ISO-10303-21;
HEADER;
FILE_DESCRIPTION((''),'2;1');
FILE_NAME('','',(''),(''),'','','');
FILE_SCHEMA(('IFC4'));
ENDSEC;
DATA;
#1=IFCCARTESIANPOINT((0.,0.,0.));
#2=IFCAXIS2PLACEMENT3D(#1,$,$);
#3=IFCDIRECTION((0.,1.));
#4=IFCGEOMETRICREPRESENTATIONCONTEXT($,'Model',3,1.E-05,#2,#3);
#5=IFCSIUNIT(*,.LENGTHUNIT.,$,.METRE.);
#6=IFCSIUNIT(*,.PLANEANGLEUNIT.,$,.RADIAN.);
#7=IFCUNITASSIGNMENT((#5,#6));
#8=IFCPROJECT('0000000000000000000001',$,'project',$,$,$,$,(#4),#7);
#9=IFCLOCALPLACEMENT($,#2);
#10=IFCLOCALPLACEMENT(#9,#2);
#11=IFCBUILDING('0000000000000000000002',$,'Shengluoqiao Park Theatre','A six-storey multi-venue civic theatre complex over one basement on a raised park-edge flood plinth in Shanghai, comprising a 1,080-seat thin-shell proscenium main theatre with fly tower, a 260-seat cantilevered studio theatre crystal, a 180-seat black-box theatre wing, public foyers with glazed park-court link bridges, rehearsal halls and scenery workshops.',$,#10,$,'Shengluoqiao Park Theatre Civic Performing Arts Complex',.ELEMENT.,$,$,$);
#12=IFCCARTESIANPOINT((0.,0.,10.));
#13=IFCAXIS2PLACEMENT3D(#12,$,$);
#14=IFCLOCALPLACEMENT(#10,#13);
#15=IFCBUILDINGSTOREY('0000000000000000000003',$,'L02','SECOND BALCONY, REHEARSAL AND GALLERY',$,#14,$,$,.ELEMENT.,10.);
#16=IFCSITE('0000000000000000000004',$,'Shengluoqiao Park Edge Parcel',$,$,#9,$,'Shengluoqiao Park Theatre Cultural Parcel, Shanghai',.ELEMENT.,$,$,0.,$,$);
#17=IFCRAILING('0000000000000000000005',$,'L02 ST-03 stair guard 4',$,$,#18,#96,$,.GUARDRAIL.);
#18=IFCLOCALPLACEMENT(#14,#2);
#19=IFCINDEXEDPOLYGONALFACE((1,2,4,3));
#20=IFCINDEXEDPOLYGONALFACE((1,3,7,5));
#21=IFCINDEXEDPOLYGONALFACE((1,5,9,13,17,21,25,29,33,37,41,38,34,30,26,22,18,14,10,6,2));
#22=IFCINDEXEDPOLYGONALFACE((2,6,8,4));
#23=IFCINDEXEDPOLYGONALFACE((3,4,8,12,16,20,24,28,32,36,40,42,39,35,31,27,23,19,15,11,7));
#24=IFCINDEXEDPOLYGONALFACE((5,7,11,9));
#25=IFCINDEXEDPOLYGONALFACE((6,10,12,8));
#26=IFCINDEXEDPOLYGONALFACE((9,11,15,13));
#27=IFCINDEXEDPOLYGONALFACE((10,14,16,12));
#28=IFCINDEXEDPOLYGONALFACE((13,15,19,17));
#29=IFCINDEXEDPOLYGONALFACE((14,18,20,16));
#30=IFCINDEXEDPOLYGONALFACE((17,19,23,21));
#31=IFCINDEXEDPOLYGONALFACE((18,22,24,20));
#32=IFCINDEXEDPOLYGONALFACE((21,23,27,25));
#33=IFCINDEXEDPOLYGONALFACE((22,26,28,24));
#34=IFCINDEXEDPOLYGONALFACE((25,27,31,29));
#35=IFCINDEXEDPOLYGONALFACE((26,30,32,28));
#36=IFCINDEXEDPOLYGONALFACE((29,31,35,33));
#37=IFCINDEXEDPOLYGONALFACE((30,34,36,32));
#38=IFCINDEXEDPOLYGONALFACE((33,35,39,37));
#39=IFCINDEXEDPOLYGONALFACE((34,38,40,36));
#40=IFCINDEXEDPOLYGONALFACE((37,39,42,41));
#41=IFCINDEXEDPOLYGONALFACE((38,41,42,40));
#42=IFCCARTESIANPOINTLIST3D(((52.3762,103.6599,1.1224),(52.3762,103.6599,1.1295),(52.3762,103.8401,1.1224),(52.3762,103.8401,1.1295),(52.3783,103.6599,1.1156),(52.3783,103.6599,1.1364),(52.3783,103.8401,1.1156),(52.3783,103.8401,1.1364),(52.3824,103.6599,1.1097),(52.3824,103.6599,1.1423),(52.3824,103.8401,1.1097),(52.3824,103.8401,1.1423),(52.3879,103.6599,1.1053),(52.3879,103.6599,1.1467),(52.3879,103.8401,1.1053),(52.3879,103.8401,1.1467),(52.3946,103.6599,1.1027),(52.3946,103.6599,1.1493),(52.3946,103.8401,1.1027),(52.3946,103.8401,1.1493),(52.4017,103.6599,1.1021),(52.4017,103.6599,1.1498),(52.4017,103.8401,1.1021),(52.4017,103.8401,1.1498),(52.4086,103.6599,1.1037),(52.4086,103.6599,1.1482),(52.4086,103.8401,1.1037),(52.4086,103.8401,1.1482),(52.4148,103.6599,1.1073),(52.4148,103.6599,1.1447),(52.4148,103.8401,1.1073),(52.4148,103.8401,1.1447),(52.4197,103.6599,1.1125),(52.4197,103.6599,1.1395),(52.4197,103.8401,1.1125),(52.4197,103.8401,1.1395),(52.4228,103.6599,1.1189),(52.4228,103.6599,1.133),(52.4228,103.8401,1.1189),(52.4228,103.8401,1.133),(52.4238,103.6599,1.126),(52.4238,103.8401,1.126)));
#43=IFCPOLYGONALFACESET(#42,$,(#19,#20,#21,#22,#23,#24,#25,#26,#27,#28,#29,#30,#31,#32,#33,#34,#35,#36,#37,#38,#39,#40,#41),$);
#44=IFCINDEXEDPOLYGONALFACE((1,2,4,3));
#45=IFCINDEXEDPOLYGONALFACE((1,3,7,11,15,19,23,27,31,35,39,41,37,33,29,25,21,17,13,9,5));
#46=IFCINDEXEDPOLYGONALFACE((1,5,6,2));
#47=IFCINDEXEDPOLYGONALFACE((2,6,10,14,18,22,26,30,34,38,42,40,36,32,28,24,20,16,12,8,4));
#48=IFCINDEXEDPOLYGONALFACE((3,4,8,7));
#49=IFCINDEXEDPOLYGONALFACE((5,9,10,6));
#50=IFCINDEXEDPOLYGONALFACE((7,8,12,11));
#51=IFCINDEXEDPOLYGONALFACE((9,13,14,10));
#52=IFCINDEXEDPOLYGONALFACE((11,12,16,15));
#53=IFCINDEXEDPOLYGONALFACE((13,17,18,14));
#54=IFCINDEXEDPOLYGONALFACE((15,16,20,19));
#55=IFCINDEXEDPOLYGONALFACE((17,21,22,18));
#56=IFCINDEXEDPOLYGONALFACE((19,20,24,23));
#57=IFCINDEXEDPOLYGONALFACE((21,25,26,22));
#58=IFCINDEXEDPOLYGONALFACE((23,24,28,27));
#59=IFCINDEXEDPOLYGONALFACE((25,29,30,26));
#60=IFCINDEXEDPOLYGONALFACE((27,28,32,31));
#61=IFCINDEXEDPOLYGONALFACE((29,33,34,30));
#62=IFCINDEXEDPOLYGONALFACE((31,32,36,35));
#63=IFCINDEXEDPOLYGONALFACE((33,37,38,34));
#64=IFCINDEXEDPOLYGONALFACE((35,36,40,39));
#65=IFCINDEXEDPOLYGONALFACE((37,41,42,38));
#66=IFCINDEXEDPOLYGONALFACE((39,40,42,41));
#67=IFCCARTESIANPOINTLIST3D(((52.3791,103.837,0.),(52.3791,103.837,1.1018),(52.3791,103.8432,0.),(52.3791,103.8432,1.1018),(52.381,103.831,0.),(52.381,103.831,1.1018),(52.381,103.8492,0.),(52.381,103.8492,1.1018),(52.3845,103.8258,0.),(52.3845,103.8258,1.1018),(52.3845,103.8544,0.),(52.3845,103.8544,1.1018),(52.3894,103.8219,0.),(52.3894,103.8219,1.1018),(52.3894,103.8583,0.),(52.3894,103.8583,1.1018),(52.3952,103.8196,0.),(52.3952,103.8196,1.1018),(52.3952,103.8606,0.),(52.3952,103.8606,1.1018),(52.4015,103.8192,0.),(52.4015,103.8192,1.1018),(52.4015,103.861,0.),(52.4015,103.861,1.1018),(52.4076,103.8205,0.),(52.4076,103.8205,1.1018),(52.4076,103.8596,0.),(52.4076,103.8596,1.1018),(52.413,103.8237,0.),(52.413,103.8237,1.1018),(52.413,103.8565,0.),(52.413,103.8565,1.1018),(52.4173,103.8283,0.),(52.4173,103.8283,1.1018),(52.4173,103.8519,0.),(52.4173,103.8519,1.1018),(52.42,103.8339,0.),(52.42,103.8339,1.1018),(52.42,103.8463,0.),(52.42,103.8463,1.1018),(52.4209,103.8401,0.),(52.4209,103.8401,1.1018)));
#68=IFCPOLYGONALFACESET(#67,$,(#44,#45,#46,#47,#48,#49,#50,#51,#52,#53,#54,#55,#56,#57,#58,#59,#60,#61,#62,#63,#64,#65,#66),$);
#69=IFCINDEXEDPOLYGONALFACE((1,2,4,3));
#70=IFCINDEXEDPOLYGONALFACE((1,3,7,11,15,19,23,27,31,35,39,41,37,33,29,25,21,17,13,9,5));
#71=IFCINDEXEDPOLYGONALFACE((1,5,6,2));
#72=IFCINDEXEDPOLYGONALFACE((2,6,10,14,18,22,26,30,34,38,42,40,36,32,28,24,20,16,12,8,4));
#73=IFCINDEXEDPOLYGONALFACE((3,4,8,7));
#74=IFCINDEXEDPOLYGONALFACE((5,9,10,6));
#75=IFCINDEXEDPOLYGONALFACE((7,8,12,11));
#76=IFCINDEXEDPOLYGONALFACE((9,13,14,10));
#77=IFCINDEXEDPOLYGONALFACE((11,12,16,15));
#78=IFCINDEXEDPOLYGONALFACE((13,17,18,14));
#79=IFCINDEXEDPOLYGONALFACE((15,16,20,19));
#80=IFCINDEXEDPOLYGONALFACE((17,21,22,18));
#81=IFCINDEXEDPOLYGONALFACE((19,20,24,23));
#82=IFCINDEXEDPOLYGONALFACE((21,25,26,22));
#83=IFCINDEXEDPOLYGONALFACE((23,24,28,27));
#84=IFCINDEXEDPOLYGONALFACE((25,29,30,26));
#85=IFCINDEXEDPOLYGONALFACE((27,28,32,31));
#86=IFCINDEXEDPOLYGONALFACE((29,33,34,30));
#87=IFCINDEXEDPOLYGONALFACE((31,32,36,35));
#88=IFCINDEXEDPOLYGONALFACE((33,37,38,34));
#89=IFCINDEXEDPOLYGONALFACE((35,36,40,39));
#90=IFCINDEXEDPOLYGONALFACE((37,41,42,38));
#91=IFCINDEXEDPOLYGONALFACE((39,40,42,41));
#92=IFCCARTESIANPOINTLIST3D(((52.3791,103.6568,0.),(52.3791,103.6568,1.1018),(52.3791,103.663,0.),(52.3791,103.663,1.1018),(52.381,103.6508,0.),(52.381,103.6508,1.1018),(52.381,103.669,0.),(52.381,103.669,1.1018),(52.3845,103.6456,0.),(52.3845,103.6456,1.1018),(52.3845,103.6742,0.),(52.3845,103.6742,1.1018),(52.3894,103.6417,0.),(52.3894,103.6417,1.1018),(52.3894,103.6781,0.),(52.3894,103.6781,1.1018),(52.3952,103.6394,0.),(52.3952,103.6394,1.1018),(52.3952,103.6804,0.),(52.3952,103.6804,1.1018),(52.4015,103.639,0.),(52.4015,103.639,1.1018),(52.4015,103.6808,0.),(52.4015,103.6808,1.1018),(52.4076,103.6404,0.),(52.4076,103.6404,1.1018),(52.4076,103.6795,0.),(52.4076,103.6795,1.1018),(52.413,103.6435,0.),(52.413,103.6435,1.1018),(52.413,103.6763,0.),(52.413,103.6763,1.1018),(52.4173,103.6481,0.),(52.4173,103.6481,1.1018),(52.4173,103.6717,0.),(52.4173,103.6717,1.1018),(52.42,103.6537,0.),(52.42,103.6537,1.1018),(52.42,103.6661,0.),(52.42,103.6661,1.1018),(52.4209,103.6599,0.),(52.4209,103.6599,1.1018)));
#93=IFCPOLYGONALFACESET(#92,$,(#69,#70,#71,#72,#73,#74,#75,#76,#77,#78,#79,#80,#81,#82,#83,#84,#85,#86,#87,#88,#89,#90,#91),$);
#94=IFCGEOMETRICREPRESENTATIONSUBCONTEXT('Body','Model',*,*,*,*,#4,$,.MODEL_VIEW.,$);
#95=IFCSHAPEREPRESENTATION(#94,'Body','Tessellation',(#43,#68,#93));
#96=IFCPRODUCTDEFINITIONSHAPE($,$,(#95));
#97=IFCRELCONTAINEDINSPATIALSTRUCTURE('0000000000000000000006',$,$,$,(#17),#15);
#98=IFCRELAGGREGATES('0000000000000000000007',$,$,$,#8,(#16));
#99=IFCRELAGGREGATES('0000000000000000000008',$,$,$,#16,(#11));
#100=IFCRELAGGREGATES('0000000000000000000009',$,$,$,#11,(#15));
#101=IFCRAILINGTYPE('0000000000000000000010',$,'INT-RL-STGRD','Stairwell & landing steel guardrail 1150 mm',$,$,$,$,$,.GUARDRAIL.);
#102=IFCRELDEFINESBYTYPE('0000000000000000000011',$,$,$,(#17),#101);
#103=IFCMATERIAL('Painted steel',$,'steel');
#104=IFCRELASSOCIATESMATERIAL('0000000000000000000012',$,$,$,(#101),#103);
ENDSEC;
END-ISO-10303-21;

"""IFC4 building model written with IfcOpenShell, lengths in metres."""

from ifc_helpers import new_model, si_unit, direction, frame, origin, origin_2d, place, context, subcontext, project, spatial, circle, extrude, material, type_object, element, save


model = new_model("IFC4")

# Units and contexts
model_context = context("Model", 3, precision=1e-05, world=origin(), true_north=direction((0.0, 1.0)))
body_context = subcontext(model_context, "Body", "Model", "MODEL_VIEW")
ifc_project = project(units=[si_unit("LENGTHUNIT", "METRE"), si_unit("PLANEANGLEUNIT", "RADIAN")], contexts=[model_context])

# Site, building, storey
site_placement = place(None, origin())
site = spatial("IfcSite", under=ifc_project, at=site_placement, Name="Shengluoqiao Park Edge Parcel", LongName="Shengluoqiao Park Theatre Cultural Parcel, Shanghai", CompositionType="ELEMENT", RefElevation=0.0)
building_placement = place(site_placement, origin())
building = spatial("IfcBuilding", under=site, at=building_placement, Name="Shengluoqiao Park Theatre", Description="A six-storey multi-venue civic theatre complex over one basement on a raised park-edge flood plinth in Shanghai, comprising a 1,080-seat thin-shell proscenium main theatre with fly tower, a 260-seat cantilevered studio theatre crystal, a 180-seat black-box theatre wing, public foyers with glazed park-court link bridges, rehearsal halls and scenery workshops.", LongName="Shengluoqiao Park Theatre Civic Performing Arts Complex", CompositionType="ELEMENT")
storey_placement = place(building_placement, frame((0.0, 0.0, 10.0)))
storey = spatial("IfcBuildingStorey", under=building, at=storey_placement, Name="L02", Description="SECOND BALCONY, REHEARSAL AND GALLERY", CompositionType="ELEMENT", Elevation=10.0)

# Railing
ifc_material_1 = material(Name="Painted steel", Category="steel")
railing_type_1 = type_object("IfcRailingType", Name="INT-RL-STGRD", Description="Stairwell & landing steel guardrail 1150 mm", PredefinedType="GUARDRAIL", material=ifc_material_1)
railing_1_placement = place(storey_placement, frame((52.3999, 103.8401, 0.0)))
element("IfcRailing", 1, at=railing_1_placement, inside=storey, type_object=railing_type_1, Name="L02 ST-03 stair guard 4", PredefinedType="GUARDRAIL", context=body_context, shape_type="SweptSolid", body=[
    extrude(circle(Radius=0.0239, at=origin_2d()), frame((0.0, 0.0, 1.126), z_axis=(0.0, -1.0, 0.0), x_axis=(1.0, 0.0, 0.0)), (0.0, 0.0, 1.0), 0.1802),
    extrude(circle(Radius=0.021, at=origin_2d()), origin(), (0.0, 0.0, 1.0), 1.1018),
    extrude(circle(Radius=0.021, at=origin_2d()), frame((0.0, -0.1802, 0.0)), (0.0, 0.0, 1.0), 1.1018),
])

save(model, "model.ifc")
